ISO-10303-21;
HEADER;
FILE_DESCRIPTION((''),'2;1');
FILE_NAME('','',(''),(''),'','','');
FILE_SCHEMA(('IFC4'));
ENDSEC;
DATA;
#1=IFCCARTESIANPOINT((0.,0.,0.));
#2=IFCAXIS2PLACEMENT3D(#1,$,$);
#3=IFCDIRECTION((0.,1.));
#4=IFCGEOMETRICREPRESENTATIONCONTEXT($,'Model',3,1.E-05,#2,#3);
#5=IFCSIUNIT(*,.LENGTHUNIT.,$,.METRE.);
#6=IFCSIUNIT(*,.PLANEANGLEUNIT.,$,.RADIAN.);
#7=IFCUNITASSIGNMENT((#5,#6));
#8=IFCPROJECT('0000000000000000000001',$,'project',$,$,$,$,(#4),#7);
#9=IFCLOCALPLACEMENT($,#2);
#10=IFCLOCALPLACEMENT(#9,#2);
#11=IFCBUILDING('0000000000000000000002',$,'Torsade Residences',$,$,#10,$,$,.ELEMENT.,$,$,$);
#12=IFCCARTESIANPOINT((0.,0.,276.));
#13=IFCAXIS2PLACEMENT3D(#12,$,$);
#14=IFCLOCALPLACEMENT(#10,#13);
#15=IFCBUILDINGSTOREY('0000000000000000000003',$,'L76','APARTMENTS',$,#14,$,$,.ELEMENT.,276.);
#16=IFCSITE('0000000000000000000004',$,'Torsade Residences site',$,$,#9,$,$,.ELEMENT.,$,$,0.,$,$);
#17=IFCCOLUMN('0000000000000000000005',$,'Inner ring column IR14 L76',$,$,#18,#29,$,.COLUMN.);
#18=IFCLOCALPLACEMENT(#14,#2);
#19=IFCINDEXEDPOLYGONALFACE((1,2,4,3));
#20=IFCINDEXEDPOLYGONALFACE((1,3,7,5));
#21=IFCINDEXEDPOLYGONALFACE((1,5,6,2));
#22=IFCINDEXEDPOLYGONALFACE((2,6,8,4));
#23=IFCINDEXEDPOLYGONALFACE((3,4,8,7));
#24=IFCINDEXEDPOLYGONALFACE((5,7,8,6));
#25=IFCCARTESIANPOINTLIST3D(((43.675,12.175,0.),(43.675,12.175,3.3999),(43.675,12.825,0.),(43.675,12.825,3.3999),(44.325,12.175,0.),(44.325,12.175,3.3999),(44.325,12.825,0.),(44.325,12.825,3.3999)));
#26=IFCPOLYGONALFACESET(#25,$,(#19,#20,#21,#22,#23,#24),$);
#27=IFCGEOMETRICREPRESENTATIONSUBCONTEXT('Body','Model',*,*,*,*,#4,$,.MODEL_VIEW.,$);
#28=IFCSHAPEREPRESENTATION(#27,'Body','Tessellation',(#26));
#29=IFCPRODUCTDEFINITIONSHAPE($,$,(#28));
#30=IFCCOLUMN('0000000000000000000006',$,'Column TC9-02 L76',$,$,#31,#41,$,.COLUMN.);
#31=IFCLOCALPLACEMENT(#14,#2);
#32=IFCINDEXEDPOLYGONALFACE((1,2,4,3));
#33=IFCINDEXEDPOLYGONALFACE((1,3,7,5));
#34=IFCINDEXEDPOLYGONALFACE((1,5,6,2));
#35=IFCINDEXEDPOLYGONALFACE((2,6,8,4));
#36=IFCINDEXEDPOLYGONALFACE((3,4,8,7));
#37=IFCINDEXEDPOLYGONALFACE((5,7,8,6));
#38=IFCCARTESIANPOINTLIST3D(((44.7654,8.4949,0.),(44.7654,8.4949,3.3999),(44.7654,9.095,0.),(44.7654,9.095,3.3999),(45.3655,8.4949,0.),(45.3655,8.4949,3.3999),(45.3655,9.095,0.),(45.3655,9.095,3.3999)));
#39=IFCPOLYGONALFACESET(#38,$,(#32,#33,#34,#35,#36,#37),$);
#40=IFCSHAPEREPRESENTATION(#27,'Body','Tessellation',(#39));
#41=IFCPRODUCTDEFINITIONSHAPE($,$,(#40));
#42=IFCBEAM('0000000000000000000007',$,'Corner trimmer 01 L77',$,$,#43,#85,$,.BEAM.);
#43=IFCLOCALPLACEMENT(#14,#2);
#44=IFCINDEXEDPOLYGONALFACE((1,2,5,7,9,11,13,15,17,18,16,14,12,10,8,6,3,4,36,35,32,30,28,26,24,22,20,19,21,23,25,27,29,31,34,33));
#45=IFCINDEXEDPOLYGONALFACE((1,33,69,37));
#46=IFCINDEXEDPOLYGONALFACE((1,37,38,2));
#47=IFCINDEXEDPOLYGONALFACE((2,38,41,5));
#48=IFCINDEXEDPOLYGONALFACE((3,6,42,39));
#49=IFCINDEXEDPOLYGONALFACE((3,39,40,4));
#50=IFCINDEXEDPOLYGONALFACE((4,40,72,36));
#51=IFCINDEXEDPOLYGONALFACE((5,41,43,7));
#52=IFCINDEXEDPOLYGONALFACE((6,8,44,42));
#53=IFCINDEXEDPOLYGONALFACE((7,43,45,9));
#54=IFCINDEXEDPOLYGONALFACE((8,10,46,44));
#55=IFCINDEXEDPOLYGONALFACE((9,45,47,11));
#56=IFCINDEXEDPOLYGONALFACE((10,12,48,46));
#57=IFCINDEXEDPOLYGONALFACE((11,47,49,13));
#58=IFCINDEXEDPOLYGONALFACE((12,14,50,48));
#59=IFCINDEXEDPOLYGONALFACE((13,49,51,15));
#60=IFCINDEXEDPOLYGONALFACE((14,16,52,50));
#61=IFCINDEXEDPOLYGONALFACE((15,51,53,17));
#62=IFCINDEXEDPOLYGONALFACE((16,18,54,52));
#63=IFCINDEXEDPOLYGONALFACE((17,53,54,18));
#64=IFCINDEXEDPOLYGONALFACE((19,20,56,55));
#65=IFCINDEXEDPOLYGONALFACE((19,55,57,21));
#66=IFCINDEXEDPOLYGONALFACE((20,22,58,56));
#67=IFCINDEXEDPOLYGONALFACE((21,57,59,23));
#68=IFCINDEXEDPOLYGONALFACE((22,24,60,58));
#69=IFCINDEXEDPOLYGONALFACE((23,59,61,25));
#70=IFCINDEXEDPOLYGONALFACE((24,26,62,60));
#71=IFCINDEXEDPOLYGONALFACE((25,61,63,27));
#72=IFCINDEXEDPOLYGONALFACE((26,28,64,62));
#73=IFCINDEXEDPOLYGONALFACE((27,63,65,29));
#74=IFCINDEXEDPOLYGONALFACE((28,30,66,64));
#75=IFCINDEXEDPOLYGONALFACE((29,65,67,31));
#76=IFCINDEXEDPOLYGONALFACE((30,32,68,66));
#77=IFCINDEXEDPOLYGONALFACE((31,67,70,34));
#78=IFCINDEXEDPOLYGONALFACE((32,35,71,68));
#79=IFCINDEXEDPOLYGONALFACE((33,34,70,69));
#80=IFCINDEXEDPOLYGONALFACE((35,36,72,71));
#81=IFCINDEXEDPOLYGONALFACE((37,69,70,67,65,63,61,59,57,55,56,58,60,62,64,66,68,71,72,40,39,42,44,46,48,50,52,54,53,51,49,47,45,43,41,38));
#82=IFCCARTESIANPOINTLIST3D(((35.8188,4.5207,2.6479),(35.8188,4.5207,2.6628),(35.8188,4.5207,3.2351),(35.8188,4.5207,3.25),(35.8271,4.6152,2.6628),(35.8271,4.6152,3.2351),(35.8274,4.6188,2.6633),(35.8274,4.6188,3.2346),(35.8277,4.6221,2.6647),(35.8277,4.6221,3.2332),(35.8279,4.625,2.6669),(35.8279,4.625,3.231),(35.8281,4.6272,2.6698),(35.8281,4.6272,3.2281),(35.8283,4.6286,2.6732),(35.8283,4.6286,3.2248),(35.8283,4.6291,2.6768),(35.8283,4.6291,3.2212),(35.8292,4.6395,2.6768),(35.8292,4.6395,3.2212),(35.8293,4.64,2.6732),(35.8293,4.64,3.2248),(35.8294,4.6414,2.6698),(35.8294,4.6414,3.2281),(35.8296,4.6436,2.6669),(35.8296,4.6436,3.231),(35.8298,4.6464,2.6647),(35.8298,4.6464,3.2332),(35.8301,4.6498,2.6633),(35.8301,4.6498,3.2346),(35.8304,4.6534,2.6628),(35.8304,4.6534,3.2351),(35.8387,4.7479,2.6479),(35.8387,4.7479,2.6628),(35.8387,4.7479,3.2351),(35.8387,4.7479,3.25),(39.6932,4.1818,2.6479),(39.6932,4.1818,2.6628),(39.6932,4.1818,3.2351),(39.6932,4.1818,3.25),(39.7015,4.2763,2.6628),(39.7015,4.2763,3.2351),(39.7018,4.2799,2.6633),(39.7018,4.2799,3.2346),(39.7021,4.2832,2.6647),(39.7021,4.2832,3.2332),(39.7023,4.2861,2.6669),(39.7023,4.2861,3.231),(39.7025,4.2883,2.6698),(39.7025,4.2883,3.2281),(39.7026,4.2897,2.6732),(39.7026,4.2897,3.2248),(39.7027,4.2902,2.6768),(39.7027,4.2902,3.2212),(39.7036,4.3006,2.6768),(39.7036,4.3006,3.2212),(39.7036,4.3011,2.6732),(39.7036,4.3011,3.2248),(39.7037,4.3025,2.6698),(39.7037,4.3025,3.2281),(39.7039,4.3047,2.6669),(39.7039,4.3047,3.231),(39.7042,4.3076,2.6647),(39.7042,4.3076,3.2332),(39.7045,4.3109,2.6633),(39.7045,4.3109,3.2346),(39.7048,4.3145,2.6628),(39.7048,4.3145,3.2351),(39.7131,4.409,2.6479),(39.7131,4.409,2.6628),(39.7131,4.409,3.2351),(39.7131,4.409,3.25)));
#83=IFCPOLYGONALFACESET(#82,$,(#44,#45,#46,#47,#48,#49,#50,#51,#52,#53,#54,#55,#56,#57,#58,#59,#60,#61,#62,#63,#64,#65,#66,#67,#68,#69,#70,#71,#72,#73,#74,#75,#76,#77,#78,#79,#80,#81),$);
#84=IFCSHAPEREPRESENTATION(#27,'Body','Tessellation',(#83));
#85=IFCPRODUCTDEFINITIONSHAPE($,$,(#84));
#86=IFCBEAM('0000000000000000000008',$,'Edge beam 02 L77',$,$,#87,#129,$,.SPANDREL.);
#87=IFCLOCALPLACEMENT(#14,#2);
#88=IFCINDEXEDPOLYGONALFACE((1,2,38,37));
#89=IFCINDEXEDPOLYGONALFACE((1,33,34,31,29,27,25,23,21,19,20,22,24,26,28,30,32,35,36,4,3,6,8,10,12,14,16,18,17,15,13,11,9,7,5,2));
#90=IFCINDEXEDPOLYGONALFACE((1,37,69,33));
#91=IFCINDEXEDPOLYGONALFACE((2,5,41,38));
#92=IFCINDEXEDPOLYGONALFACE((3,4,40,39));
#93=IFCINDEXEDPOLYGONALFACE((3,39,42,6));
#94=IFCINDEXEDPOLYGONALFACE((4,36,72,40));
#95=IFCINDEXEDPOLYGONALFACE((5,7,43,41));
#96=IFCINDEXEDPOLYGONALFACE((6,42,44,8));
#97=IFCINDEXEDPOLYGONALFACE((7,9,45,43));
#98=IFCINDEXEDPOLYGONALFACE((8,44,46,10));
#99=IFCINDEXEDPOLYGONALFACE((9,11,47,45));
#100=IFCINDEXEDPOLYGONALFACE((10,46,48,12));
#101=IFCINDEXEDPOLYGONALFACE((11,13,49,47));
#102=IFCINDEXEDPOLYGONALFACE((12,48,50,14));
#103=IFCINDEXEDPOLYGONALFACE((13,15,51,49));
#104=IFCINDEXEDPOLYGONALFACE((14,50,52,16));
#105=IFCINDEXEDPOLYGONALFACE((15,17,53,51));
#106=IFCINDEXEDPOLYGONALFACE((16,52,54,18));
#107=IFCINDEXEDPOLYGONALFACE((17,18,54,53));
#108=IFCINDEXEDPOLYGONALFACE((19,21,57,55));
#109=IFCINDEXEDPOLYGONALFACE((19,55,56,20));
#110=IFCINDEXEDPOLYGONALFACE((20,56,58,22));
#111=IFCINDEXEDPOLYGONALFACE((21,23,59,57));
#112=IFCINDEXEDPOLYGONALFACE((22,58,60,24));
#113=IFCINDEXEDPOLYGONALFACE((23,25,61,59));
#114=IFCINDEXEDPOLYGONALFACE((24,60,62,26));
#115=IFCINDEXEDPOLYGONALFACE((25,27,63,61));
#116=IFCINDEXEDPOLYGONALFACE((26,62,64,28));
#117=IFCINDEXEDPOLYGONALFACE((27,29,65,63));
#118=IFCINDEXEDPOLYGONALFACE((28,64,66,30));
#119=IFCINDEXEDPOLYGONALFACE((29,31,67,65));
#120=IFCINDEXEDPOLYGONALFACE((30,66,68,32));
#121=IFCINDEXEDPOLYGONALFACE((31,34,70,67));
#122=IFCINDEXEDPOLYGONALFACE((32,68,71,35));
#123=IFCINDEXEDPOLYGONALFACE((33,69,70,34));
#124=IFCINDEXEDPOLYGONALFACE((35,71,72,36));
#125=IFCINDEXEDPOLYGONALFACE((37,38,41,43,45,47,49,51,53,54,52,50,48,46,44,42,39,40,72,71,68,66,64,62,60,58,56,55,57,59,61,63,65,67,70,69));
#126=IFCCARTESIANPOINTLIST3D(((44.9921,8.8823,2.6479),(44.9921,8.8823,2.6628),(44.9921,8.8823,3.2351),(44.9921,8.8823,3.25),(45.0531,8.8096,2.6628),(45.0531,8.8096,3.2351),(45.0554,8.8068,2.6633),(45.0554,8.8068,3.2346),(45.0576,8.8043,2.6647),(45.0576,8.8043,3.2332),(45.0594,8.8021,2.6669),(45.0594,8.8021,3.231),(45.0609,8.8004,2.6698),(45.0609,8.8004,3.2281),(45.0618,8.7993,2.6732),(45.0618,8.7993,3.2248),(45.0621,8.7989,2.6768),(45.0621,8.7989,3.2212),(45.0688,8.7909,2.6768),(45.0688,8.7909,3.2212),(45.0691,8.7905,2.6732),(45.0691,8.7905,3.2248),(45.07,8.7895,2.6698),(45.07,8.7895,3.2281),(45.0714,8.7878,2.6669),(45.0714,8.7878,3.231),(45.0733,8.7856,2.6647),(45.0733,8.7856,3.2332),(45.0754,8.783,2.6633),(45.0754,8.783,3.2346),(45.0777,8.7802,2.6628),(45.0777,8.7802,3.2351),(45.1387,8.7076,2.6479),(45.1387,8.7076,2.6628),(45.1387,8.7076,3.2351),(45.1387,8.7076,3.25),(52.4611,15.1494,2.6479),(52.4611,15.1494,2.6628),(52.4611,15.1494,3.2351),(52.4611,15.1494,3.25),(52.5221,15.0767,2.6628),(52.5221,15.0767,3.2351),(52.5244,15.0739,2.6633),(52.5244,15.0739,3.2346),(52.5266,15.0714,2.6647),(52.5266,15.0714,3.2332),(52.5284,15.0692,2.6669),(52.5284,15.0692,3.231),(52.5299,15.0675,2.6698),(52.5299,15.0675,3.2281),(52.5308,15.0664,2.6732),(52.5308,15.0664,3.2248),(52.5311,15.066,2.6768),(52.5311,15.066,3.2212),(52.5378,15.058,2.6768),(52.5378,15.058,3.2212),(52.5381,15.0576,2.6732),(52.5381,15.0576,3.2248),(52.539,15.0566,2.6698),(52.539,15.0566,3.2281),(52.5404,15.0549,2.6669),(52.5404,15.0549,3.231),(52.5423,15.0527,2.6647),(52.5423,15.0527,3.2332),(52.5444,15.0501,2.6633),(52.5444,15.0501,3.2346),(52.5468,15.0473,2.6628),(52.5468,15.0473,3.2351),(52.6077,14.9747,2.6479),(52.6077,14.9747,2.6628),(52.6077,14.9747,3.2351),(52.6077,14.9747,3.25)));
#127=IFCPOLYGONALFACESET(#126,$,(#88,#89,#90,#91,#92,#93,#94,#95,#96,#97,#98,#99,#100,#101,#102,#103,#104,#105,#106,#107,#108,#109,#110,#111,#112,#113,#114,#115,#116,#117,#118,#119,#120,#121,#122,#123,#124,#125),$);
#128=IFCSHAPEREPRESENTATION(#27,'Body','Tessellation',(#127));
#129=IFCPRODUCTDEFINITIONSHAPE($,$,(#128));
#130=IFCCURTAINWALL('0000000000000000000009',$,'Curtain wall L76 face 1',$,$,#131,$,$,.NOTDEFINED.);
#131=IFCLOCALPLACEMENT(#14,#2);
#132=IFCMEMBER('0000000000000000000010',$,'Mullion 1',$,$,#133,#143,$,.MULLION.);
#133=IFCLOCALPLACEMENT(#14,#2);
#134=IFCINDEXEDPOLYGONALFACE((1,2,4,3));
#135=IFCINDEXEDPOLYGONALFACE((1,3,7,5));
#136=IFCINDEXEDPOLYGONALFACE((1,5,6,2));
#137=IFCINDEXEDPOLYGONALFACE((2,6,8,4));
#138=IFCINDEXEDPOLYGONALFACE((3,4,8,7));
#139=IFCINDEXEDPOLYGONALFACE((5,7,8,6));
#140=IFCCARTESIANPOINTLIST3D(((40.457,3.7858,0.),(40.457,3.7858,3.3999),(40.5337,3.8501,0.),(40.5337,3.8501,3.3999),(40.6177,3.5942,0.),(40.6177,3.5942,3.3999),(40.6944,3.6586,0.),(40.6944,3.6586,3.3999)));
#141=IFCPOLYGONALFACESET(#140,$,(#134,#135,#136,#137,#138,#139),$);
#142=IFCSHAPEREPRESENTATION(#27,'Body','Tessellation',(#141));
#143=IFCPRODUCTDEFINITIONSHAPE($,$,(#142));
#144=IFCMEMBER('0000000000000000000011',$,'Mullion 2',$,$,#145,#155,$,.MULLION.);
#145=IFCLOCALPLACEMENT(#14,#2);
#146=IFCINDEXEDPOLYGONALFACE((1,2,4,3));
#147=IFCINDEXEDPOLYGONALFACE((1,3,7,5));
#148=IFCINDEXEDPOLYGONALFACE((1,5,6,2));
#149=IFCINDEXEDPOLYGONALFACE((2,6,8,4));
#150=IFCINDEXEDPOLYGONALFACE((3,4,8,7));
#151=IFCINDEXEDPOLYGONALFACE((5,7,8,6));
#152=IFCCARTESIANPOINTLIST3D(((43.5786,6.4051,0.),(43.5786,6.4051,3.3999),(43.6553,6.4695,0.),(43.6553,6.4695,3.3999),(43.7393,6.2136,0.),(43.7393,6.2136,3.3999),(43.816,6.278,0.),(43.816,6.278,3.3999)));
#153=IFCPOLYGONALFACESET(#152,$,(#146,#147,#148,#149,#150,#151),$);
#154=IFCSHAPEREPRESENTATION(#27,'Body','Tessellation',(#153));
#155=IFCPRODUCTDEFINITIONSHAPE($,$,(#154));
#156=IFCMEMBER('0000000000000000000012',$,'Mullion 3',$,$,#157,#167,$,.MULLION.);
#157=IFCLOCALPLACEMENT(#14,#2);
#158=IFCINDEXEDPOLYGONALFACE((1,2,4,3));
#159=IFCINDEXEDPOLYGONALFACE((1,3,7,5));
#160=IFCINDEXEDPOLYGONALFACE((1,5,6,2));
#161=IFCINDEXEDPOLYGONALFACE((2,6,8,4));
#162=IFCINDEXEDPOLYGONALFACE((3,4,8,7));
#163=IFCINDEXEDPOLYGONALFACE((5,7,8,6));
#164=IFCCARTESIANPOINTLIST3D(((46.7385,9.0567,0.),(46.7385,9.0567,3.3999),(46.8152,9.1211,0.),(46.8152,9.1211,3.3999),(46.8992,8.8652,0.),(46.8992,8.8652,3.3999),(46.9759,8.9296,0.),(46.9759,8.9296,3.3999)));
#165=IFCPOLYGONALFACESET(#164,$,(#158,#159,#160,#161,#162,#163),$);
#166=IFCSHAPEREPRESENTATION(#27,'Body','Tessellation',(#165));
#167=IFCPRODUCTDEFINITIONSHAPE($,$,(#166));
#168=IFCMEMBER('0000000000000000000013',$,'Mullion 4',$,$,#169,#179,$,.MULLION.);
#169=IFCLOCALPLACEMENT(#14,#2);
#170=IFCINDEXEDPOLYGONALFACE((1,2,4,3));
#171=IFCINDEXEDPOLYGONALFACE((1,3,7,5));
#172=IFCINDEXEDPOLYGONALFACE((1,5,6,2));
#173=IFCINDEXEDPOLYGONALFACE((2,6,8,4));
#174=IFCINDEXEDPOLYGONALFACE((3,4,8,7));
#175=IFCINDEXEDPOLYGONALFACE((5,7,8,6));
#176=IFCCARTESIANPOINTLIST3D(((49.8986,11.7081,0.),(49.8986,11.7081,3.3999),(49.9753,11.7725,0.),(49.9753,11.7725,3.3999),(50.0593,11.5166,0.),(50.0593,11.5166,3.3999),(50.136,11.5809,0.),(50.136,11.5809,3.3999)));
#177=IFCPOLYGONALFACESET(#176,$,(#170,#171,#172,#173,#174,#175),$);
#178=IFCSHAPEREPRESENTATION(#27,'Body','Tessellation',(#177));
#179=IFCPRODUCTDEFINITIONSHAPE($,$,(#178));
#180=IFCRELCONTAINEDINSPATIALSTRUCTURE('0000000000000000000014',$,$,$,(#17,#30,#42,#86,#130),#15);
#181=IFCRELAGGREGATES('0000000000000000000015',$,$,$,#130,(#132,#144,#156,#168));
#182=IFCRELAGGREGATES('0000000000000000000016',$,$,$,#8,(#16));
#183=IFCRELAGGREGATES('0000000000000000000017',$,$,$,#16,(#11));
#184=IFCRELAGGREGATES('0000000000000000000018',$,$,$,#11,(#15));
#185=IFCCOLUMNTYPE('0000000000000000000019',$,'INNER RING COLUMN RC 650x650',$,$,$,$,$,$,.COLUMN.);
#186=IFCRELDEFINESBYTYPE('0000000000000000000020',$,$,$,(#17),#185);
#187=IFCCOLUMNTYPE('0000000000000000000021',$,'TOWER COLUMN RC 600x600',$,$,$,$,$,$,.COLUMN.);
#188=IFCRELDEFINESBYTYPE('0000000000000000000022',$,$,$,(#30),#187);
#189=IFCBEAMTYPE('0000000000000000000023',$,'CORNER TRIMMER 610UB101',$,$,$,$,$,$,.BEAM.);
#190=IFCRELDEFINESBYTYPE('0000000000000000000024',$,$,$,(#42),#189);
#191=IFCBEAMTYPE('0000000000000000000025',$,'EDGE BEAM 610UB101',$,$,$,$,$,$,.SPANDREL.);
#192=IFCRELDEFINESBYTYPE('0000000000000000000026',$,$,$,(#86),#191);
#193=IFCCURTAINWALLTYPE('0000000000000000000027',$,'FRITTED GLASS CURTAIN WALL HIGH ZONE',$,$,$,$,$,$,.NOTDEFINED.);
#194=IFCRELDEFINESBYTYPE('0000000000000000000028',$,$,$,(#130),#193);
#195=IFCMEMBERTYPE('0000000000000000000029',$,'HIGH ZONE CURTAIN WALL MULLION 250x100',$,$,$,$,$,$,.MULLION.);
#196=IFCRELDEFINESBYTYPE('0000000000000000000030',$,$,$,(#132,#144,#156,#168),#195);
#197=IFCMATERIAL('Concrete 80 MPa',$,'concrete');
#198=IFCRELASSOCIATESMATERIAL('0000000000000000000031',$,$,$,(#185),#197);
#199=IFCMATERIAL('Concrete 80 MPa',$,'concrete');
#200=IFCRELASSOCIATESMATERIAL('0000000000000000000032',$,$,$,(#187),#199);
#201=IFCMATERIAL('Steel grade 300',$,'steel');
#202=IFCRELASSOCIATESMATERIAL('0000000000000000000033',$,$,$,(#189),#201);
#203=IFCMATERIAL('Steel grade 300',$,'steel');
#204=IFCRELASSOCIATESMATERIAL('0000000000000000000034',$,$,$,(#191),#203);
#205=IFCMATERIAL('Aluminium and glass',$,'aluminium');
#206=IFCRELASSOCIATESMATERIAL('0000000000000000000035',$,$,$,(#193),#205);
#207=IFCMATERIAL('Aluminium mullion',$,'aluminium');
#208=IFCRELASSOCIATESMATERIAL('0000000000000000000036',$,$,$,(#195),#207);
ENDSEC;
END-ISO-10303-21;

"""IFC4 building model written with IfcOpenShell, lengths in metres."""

from ifc_helpers import new_model, si_unit, direction, frame, origin, origin_2d, place, context, subcontext, project, spatial, rectangle, i_section, extrude, material, material_profile, profile_set, type_object, element, aggregate, save


model = new_model("IFC4")

# Units and contexts
model_context = context("Model", 3, precision=1e-05, world=origin(), true_north=direction((0.0, 1.0)))
body_context = subcontext(model_context, "Body", "Model", "MODEL_VIEW")
ifc_project = project(units=[si_unit("LENGTHUNIT", "METRE"), si_unit("PLANEANGLEUNIT", "RADIAN")], contexts=[model_context])

# Site, building, storey
site_placement = place(None, origin())
site = spatial("IfcSite", under=ifc_project, at=site_placement, Name="Torsade Residences site", CompositionType="ELEMENT", RefElevation=0.0)
building_placement = place(site_placement, origin())
building = spatial("IfcBuilding", under=site, at=building_placement, Name="Torsade Residences", CompositionType="ELEMENT")
storey_placement = place(building_placement, frame((0.0, 0.0, 276.0)))
storey = spatial("IfcBuildingStorey", under=building, at=storey_placement, Name="L76", Description="APARTMENTS", CompositionType="ELEMENT", Elevation=276.0)

# Columns
ifc_material_1 = material(Name="Concrete 80 MPa", Category="concrete")
ifc_material_profile_1 = material_profile(ifc_material_1, rectangle(XDim=0.6499, YDim=0.6499, at=origin_2d()), Name="RC 650x650")
ifc_profile_set_1 = profile_set([ifc_material_profile_1], Name="Concrete 80 MPa")
column_type_1 = type_object("IfcColumnType", Name="INNER RING COLUMN RC 650x650", PredefinedType="COLUMN", material=ifc_profile_set_1)
column_1_placement = place(storey_placement, frame((44.0, 12.5, 0.0), z_axis=(0.0, 0.0, 1.0), x_axis=(1.0, 0.0, 0.0)))
element("IfcColumn", 1, at=column_1_placement, inside=storey, type_object=column_type_1, Name="Inner ring column IR14 L76", PredefinedType="COLUMN", context=body_context, shape_type="SweptSolid", body=[
    extrude(rectangle(XDim=0.6499, YDim=0.6499, at=origin_2d()), origin(), (0.0, 0.0, 1.0), 3.3999),
])
ifc_material_2 = material(Name="Concrete 80 MPa", Category="concrete")
ifc_material_profile_2 = material_profile(ifc_material_2, rectangle(XDim=0.6001, YDim=0.6001, at=origin_2d()), Name="RC 600x600")
ifc_profile_set_2 = profile_set([ifc_material_profile_2], Name="Concrete 80 MPa")
column_type_2 = type_object("IfcColumnType", Name="TOWER COLUMN RC 600x600", PredefinedType="COLUMN", material=ifc_profile_set_2)
column_2_placement = place(storey_placement, frame((45.0654, 8.7949, 0.0), z_axis=(0.0, 0.0, 1.0), x_axis=(1.0, 0.0, 0.0)))
element("IfcColumn", 2, at=column_2_placement, inside=storey, type_object=column_type_2, Name="Column TC9-02 L76", PredefinedType="COLUMN", context=body_context, shape_type="SweptSolid", body=[
    extrude(rectangle(XDim=0.6001, YDim=0.6001, at=origin_2d()), origin(), (0.0, 0.0, 1.0), 3.3999),
])

# Beams
ifc_material_3 = material(Name="Steel grade 300", Category="steel")
ifc_material_profile_3 = material_profile(ifc_material_3, i_section(OverallWidth=0.228, OverallDepth=0.6021, WebThickness=0.0105, FlangeThickness=0.0149, FilletRadius=0.0139, at=origin_2d()), Name="610UB101")
ifc_profile_set_3 = profile_set([ifc_material_profile_3], Name="Steel grade 300")
beam_type_1 = type_object("IfcBeamType", Name="CORNER TRIMMER 610UB101", PredefinedType="BEAM", material=ifc_profile_set_3)
beam_1_placement = place(storey_placement, frame((39.7031, 4.2954, 2.949), z_axis=(-0.996197, 0.087133, 0.0), x_axis=(-0.087133, -0.996197, 0.0)))
element("IfcBeam", 3, at=beam_1_placement, inside=storey, type_object=beam_type_1, Name="Corner trimmer 01 L77", PredefinedType="BEAM", context=body_context, shape_type="SweptSolid", body=[
    extrude(i_section(OverallWidth=0.228, OverallDepth=0.6021, WebThickness=0.0105, FlangeThickness=0.0149, FilletRadius=0.0139, at=origin_2d()), origin(), (0.0, 0.0, 1.0), 3.8892),
])
ifc_material_4 = material(Name="Steel grade 300", Category="steel")
ifc_material_profile_4 = material_profile(ifc_material_4, i_section(OverallWidth=0.228, OverallDepth=0.6021, WebThickness=0.0105, FlangeThickness=0.0149, FilletRadius=0.0139, at=origin_2d()), Name="610UB101")
ifc_profile_set_4 = profile_set([ifc_material_profile_4], Name="Steel grade 300")
beam_type_2 = type_object("IfcBeamType", Name="EDGE BEAM 610UB101", PredefinedType="SPANDREL", material=ifc_profile_set_4)
beam_2_placement = place(storey_placement, frame((45.0654, 8.7949, 2.949), z_axis=(0.766052, 0.642779, 0.0), x_axis=(-0.642779, 0.766052, 0.0)))
element("IfcBeam", 4, at=beam_2_placement, inside=storey, type_object=beam_type_2, Name="Edge beam 02 L77", PredefinedType="SPANDREL", context=body_context, shape_type="SweptSolid", body=[
    extrude(i_section(OverallWidth=0.228, OverallDepth=0.6021, WebThickness=0.0105, FlangeThickness=0.0149, FilletRadius=0.0139, at=origin_2d()), origin(), (0.0, 0.0, 1.0), 9.75),
])

# Curtain wall, members
ifc_material_5 = material(Name="Aluminium and glass", Category="aluminium")
curtain_wall_type = type_object("IfcCurtainWallType", Name="FRITTED GLASS CURTAIN WALL HIGH ZONE", PredefinedType="NOTDEFINED", material=ifc_material_5)
curtain_wall_placement = place(storey_placement, origin())
curtain_wall = element("IfcCurtainWall", 5, at=curtain_wall_placement, inside=storey, type_object=curtain_wall_type, Name="Curtain wall L76 face 1", PredefinedType="NOTDEFINED")
ifc_material_6 = material(Name="Aluminium mullion", Category="aluminium")
ifc_material_profile_5 = material_profile(ifc_material_6, rectangle(XDim=0.25, YDim=0.1001, at=origin_2d()), Name="HIGH ZONE CURTAIN WALL MULLION 250x100")
ifc_profile_set_5 = profile_set([ifc_material_profile_5], Name="Aluminium mullion")
member_type_1 = type_object("IfcMemberType", Name="HIGH ZONE CURTAIN WALL MULLION 250x100", PredefinedType="MULLION", material=ifc_profile_set_5)
member_1_placement = place(storey_placement, frame((40.5757, 3.7222, 0.0), z_axis=(0.0, 0.0, 1.0), x_axis=(-0.642788, 0.766044, 0.0)))
member_1 = element("IfcMember", 6, at=member_1_placement, type_object=member_type_1, Name="Mullion 1", PredefinedType="MULLION", context=body_context, shape_type="SweptSolid", body=[
    extrude(rectangle(XDim=0.25, YDim=0.1001, at=origin_2d()), origin(), (0.0, 0.0, 1.0), 3.3999),
])
member_2_placement = place(storey_placement, frame((43.6973, 6.3416, 0.0), z_axis=(0.0, 0.0, 1.0), x_axis=(-0.642788, 0.766044, 0.0)))
member_2 = element("IfcMember", 7, at=member_2_placement, type_object=member_type_1, Name="Mullion 2", PredefinedType="MULLION", context=body_context, shape_type="SweptSolid", body=[
    extrude(rectangle(XDim=0.25, YDim=0.1001, at=origin_2d()), origin(), (0.0, 0.0, 1.0), 3.3999),
])
member_3_placement = place(storey_placement, frame((46.8572, 8.9932, 0.0), z_axis=(0.0, 0.0, 1.0), x_axis=(-0.642788, 0.766044, 0.0)))
member_3 = element("IfcMember", 8, at=member_3_placement, type_object=member_type_1, Name="Mullion 3", PredefinedType="MULLION", context=body_context, shape_type="SweptSolid", body=[
    extrude(rectangle(XDim=0.25, YDim=0.1001, at=origin_2d()), origin(), (0.0, 0.0, 1.0), 3.3999),
])
member_4_placement = place(storey_placement, frame((50.0173, 11.6445, 0.0), z_axis=(0.0, 0.0, 1.0), x_axis=(-0.642788, 0.766044, 0.0)))
member_4 = element("IfcMember", 9, at=member_4_placement, type_object=member_type_1, Name="Mullion 4", PredefinedType="MULLION", context=body_context, shape_type="SweptSolid", body=[
    extrude(rectangle(XDim=0.25, YDim=0.1001, at=origin_2d()), origin(), (0.0, 0.0, 1.0), 3.3999),
])

aggregate(curtain_wall, [member_1, member_2, member_3, member_4])

save(model, "model.ifc")
